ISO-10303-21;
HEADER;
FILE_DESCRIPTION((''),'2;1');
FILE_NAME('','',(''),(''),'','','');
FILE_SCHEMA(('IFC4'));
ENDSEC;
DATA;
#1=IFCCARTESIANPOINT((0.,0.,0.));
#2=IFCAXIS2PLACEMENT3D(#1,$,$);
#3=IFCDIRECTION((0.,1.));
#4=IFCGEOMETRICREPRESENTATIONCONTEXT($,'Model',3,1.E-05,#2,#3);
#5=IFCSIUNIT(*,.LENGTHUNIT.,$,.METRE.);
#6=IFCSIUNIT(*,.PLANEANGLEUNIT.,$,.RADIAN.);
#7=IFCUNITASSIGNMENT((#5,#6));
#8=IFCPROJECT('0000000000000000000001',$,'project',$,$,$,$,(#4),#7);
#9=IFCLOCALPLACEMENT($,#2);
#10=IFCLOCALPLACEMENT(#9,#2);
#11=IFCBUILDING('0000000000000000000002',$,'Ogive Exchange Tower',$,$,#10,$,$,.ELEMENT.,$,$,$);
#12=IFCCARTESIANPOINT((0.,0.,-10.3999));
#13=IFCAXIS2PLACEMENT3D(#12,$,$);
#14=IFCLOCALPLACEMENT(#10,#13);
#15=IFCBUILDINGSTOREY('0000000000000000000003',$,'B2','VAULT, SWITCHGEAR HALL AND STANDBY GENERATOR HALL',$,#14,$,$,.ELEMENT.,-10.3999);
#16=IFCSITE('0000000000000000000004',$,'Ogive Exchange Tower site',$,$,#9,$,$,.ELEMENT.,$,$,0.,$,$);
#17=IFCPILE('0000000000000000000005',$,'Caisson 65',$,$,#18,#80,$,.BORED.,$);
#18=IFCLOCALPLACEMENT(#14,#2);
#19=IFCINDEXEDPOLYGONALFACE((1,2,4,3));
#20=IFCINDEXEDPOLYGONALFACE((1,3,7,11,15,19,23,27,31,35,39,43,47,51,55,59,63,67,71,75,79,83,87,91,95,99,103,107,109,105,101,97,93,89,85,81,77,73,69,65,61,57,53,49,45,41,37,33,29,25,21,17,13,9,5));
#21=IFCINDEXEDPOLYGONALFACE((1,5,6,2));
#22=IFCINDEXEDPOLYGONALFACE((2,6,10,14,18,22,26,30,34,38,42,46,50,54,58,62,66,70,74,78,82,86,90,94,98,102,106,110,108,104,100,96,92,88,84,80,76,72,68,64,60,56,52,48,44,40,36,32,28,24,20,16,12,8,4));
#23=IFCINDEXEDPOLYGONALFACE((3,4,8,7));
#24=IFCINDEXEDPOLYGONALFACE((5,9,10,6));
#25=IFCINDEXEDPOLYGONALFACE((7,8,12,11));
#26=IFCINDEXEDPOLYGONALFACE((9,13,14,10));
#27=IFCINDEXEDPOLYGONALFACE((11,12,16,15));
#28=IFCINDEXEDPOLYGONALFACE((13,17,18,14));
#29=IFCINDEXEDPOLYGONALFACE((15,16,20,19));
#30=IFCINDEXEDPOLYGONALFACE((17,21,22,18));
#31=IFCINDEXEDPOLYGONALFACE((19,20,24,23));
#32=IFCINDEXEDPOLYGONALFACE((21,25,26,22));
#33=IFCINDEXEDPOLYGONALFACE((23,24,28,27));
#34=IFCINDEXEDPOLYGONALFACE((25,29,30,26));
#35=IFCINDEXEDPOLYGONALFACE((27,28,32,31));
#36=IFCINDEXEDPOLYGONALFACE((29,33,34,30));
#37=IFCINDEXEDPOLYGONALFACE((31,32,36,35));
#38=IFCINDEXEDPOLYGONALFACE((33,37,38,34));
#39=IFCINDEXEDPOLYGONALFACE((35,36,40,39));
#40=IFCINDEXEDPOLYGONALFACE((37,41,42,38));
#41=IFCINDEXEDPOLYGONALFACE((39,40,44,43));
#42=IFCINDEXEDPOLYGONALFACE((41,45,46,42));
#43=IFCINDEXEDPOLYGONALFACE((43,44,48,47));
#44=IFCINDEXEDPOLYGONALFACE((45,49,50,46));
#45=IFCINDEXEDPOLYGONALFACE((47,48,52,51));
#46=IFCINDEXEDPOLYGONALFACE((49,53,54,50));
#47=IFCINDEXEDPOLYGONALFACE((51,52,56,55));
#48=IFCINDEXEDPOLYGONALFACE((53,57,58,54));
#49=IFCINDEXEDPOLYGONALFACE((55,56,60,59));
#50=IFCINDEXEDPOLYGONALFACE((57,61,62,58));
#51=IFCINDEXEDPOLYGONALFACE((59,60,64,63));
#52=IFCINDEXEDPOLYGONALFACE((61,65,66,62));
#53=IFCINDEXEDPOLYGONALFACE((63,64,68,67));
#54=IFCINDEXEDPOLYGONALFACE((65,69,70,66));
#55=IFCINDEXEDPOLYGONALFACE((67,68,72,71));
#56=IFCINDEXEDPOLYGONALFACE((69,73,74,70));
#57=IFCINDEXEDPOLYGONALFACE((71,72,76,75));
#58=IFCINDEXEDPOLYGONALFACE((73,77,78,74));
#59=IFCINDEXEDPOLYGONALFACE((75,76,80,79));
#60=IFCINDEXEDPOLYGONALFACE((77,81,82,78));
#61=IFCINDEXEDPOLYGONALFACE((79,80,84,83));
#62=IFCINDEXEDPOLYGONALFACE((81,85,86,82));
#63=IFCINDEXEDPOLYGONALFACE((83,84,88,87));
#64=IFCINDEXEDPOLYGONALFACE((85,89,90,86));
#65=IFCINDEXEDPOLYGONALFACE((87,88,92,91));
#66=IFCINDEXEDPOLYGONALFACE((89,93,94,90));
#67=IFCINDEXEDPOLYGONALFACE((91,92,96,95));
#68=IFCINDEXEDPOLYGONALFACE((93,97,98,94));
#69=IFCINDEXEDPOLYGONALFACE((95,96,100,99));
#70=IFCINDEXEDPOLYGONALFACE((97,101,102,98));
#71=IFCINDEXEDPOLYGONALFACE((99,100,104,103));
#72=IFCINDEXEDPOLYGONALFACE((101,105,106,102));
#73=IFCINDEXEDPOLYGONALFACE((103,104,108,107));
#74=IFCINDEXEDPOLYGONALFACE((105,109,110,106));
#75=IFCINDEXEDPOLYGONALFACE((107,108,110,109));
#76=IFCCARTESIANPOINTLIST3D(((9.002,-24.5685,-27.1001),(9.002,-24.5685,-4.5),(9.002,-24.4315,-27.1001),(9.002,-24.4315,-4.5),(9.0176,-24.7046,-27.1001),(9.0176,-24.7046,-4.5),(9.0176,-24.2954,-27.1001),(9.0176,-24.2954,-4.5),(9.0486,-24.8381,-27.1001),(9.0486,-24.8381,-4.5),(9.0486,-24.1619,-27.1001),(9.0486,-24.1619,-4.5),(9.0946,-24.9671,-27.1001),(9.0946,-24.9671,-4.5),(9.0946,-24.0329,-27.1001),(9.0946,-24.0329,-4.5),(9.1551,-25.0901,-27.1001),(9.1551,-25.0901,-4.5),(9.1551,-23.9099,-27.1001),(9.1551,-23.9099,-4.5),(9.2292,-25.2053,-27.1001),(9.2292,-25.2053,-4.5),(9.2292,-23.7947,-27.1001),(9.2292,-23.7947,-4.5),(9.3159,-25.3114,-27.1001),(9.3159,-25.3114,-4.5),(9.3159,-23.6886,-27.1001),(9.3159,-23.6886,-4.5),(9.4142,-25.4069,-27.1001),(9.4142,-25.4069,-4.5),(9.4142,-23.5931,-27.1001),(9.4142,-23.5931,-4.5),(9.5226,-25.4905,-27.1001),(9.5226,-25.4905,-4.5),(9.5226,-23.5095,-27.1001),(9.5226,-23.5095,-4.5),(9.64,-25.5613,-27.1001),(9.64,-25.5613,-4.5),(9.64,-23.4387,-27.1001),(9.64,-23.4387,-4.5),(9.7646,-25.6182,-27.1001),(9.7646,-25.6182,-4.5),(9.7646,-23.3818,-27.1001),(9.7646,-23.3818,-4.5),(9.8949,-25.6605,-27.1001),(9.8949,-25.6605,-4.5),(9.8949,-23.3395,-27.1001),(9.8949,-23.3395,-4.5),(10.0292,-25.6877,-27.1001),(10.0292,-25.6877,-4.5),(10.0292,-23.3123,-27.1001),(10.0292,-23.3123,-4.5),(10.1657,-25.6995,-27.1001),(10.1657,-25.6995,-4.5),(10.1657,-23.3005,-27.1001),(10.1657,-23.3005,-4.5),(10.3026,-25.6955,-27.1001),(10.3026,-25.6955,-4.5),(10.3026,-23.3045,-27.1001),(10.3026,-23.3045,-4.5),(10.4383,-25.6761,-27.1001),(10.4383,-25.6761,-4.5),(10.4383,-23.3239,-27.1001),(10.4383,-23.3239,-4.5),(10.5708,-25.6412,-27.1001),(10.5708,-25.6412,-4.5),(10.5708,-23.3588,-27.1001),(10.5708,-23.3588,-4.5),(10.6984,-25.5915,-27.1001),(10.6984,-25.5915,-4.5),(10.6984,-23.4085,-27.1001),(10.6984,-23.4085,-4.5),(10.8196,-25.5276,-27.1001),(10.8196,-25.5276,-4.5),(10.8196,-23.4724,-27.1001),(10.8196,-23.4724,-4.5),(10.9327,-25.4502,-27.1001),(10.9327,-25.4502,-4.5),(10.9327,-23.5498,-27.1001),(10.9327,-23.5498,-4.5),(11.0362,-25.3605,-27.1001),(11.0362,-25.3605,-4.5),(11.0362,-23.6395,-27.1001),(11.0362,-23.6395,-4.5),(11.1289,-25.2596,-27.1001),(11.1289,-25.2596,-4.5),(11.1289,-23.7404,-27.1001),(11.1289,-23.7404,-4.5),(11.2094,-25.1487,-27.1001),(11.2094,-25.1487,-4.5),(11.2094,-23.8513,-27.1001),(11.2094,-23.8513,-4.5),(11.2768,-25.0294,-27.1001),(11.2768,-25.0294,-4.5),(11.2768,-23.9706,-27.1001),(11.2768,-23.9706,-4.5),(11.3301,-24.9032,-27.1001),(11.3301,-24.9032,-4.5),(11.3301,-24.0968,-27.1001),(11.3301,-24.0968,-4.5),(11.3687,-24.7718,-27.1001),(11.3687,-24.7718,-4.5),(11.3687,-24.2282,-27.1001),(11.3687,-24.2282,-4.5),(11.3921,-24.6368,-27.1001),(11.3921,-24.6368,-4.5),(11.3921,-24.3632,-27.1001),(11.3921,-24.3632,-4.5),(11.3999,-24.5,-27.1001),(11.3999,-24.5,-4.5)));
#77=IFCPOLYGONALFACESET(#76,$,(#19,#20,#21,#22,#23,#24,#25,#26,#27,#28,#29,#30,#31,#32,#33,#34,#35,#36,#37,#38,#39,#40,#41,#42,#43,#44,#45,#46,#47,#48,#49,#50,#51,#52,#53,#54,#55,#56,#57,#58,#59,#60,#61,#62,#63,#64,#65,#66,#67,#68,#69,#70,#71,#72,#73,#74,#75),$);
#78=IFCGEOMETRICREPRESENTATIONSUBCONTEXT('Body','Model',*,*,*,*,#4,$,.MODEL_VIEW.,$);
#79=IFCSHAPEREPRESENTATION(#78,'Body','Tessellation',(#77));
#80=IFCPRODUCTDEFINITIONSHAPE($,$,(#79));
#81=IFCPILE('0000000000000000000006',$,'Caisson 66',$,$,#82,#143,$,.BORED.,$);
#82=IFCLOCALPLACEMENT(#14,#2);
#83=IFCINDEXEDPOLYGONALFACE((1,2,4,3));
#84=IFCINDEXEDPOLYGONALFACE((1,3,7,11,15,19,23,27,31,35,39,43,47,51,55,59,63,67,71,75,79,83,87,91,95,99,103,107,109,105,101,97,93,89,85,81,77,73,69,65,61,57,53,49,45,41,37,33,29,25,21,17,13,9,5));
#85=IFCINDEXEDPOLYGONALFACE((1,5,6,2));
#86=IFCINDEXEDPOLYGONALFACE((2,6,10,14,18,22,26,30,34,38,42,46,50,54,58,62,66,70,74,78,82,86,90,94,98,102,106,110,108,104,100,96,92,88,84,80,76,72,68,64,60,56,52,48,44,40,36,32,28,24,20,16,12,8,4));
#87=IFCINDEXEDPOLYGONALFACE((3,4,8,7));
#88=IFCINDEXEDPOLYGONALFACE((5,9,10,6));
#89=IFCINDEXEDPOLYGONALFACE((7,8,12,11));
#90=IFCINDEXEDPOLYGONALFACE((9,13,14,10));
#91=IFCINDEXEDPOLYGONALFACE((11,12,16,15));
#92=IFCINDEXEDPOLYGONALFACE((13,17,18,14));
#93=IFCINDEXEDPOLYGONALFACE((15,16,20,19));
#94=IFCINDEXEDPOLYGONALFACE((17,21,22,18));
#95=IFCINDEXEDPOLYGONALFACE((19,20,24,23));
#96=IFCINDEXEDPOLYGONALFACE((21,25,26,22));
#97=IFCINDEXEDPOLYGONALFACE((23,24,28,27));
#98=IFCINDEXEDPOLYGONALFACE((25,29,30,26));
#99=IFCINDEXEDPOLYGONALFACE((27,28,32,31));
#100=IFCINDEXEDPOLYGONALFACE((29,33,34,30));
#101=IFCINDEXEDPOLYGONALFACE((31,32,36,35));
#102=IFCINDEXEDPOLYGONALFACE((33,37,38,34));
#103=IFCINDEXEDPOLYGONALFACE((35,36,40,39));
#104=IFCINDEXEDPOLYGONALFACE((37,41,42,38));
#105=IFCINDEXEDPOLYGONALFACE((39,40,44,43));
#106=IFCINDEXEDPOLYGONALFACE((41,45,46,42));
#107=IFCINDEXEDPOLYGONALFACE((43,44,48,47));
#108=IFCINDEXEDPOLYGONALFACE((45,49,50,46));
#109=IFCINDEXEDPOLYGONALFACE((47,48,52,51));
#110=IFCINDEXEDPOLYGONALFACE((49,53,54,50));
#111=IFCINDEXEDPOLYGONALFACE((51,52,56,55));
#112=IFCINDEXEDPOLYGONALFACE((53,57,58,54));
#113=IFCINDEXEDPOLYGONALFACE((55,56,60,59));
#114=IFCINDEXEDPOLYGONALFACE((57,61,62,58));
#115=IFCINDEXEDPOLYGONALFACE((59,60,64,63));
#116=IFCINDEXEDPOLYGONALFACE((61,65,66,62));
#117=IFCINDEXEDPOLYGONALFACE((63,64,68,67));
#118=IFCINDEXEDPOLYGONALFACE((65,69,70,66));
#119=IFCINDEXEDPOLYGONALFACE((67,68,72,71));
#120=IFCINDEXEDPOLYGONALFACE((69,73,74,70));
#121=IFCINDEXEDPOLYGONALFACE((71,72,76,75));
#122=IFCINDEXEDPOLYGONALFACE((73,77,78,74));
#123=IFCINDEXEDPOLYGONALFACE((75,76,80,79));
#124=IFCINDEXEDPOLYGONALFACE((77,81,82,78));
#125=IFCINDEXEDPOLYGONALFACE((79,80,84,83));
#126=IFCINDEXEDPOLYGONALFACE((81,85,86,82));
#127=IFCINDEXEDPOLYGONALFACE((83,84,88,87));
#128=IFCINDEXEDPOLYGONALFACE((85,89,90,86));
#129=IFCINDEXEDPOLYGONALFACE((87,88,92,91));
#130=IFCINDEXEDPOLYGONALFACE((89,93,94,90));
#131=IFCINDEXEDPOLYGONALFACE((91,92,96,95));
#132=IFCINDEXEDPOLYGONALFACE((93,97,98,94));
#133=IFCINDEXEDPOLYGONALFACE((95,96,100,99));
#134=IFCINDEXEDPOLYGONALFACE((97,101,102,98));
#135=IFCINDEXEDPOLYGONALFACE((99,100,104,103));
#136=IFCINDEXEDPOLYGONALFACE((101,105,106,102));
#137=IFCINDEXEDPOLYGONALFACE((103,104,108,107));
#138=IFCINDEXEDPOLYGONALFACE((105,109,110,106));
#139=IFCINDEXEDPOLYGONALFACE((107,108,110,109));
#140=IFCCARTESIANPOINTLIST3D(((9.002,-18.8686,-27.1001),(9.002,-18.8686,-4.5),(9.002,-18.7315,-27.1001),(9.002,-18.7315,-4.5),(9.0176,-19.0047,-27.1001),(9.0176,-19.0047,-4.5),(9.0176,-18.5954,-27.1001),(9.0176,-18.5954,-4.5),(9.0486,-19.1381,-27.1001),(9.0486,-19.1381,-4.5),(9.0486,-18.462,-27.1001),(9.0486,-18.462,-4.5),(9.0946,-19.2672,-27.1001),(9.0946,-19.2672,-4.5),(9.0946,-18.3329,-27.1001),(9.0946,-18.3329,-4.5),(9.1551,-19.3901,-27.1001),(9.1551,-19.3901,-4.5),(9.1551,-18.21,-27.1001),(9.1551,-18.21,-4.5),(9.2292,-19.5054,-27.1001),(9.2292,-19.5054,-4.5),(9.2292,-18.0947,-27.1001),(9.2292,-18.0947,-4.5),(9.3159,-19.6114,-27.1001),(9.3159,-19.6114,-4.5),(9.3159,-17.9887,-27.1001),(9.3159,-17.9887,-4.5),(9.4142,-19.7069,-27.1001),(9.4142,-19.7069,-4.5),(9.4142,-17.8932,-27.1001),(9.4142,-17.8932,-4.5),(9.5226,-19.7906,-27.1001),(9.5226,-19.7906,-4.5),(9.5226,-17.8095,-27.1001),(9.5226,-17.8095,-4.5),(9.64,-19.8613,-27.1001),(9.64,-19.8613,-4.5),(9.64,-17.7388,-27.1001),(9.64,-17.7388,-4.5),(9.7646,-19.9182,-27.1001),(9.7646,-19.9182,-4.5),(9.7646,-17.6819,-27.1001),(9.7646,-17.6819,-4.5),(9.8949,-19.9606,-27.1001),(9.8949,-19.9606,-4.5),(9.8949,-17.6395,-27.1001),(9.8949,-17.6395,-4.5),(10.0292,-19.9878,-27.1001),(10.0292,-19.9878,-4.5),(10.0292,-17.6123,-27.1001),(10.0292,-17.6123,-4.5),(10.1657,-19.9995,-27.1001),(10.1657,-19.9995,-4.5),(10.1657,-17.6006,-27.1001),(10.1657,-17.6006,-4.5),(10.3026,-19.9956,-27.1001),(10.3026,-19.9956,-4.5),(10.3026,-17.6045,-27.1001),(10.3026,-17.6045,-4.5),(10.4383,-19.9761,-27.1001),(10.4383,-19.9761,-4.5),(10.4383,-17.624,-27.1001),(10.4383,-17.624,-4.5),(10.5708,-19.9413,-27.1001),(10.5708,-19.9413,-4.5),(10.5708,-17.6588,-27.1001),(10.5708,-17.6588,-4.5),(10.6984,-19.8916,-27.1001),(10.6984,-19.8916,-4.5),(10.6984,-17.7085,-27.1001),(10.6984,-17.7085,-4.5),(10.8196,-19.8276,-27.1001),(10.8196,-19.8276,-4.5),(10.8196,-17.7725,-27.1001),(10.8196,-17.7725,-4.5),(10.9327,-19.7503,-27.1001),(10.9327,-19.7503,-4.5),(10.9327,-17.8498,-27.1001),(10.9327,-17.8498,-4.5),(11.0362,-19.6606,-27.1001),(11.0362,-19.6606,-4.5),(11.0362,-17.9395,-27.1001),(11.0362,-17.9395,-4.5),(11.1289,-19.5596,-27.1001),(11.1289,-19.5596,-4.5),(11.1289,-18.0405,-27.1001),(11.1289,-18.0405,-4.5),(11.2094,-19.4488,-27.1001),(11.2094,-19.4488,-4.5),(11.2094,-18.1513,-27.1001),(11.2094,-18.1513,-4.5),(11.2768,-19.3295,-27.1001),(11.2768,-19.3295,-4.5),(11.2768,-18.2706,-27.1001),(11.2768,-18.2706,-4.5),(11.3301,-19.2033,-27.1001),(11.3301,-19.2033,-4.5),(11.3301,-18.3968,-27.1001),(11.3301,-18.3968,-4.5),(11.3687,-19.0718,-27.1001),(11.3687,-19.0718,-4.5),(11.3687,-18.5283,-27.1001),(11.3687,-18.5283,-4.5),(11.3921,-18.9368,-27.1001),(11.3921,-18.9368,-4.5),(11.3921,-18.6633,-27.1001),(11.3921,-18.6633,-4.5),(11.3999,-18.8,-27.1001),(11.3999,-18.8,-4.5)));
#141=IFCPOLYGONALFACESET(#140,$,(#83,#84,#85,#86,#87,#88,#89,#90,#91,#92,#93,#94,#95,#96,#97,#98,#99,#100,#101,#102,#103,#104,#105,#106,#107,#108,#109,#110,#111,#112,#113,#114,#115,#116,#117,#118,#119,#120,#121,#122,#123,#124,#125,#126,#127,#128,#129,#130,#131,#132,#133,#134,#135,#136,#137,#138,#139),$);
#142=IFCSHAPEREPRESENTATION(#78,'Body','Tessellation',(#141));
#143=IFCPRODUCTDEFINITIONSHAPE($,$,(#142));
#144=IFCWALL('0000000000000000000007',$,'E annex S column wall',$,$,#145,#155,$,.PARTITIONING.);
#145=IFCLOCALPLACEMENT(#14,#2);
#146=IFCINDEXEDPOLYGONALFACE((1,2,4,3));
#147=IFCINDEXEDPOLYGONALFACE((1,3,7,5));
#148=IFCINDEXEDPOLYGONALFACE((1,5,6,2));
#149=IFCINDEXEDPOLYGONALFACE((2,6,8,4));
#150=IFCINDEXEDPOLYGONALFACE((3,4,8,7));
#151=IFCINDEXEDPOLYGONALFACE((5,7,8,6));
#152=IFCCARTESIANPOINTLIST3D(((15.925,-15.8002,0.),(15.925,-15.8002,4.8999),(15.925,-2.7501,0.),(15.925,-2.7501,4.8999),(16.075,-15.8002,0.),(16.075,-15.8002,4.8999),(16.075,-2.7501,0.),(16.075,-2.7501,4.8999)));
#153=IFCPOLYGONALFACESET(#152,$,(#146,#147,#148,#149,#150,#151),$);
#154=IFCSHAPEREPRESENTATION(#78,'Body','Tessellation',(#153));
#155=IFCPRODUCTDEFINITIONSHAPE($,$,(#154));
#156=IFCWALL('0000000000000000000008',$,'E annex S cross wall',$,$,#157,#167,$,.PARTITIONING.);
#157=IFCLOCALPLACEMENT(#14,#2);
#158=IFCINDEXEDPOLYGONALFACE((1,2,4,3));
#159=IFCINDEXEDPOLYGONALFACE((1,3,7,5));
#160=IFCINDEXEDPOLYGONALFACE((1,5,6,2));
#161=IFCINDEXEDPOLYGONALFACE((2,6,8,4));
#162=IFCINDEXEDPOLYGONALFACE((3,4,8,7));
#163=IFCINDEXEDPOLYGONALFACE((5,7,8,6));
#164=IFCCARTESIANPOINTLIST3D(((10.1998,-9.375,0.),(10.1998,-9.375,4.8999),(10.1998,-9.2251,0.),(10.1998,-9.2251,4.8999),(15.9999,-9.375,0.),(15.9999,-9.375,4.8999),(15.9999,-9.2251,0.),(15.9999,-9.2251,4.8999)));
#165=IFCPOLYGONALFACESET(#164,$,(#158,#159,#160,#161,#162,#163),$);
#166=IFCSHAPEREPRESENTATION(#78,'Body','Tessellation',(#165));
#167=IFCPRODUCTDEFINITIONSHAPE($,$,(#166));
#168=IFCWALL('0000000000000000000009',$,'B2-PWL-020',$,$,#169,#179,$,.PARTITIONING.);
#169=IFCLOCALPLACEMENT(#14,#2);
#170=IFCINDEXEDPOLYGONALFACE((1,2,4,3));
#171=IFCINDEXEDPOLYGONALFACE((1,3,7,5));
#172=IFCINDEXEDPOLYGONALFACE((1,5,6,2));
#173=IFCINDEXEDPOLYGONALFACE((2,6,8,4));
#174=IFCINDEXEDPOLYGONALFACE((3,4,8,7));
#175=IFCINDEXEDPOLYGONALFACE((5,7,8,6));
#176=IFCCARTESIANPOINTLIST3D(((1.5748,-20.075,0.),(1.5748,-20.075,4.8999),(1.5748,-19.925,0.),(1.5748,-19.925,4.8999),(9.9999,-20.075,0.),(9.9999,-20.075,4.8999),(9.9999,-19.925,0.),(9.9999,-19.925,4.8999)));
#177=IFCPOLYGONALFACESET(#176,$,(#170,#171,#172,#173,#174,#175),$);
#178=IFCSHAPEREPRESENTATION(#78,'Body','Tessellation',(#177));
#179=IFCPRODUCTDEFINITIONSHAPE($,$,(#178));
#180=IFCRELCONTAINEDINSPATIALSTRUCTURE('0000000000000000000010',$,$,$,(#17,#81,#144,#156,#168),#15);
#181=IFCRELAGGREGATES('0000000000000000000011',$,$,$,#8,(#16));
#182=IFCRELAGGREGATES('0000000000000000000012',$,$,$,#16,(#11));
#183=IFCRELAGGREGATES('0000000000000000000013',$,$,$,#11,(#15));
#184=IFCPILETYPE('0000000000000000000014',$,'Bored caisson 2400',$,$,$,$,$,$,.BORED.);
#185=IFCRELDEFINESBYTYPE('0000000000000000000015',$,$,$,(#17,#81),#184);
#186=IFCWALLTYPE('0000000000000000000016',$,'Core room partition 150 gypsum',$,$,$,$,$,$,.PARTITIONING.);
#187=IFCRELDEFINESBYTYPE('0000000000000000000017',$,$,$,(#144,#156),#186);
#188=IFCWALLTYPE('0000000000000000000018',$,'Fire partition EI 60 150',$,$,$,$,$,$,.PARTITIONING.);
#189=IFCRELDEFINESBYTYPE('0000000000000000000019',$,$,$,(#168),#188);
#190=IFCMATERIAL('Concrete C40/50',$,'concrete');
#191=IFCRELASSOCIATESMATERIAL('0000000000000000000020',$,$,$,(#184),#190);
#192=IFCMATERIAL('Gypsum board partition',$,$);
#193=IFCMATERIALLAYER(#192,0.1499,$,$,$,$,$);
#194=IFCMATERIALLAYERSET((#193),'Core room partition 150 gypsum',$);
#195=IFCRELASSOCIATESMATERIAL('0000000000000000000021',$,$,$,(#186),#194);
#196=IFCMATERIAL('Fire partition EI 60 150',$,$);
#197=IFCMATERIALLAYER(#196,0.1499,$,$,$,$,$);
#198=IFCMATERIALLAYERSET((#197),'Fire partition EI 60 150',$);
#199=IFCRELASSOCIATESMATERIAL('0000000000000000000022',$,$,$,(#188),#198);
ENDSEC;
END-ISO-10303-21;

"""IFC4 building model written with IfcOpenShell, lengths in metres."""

from ifc_helpers import new_model, si_unit, direction, frame, frame_2d, origin, origin_2d, place, context, subcontext, project, spatial, rectangle, circle, extrude, material, layer, layer_set, material_profile, profile_set, type_object, element, save


model = new_model("IFC4")

# Units and contexts
model_context = context("Model", 3, precision=1e-05, world=origin(), true_north=direction((0.0, 1.0)))
body_context = subcontext(model_context, "Body", "Model", "MODEL_VIEW")
ifc_project = project(units=[si_unit("LENGTHUNIT", "METRE"), si_unit("PLANEANGLEUNIT", "RADIAN")], contexts=[model_context])

# Site, building, storey
site_placement = place(None, origin())
site = spatial("IfcSite", under=ifc_project, at=site_placement, Name="Ogive Exchange Tower site", CompositionType="ELEMENT", RefElevation=0.0)
building_placement = place(site_placement, origin())
building = spatial("IfcBuilding", under=site, at=building_placement, Name="Ogive Exchange Tower", CompositionType="ELEMENT")
storey_placement = place(building_placement, frame((0.0, 0.0, -10.3999)))
storey = spatial("IfcBuildingStorey", under=building, at=storey_placement, Name="B2", Description="VAULT, SWITCHGEAR HALL AND STANDBY GENERATOR HALL", CompositionType="ELEMENT", Elevation=-10.3999)

# Piles
ifc_material_1 = material(Name="Concrete C40/50", Category="concrete")
ifc_material_profile = material_profile(ifc_material_1, circle(Radius=1.2, at=origin_2d()), Name="RC caisson 2400")
ifc_profile_set = profile_set([ifc_material_profile], Name="Concrete C40/50")
pile_type = type_object("IfcPileType", Name="Bored caisson 2400", PredefinedType="BORED", material=ifc_profile_set)
for number, where, z_axis, x_axis, name in (
    (1, (10.2, -24.5, -4.5), (0.0, 0.0, -1.0), (1.0, 0.0, 0.0), "Caisson 65"),
    (2, (10.2, -18.8, -4.5), (0.0, 0.0, -1.0), (1.0, 0.0, 0.0), "Caisson 66"),
):
    element("IfcPile", number, at=place(storey_placement, frame(where, z_axis=z_axis, x_axis=x_axis)), inside=storey, type_object=pile_type, Name=name, PredefinedType="BORED", context=body_context, shape_type="SweptSolid", body=[
        extrude(circle(Radius=1.2, at=origin_2d()), origin(), (0.0, 0.0, 1.0), 22.6001),
    ])

# Walls
ifc_material_2 = material(Name="Gypsum board partition")
ifc_layer_1 = layer(ifc_material_2, 0.1499)
ifc_layer_set_1 = layer_set([ifc_layer_1], Name="Core room partition 150 gypsum")
wall_type_1 = type_object("IfcWallType", Name="Core room partition 150 gypsum", PredefinedType="PARTITIONING", material=ifc_layer_set_1)
wall_1_placement = place(storey_placement, frame((16.0, -15.8, 0.0), z_axis=(0.0, 0.0, 1.0), x_axis=(0.0, 1.0, 0.0)))
element("IfcWall", 3, at=wall_1_placement, inside=storey, type_object=wall_type_1, Name="E annex S column wall", PredefinedType="PARTITIONING", context=body_context, shape_type="SweptSolid", body=[
    extrude(rectangle(XDim=13.05, YDim=0.1499, at=frame_2d((6.5249, 0.0))), origin(), (0.0, 0.0, 1.0), 4.8999),
])
wall_2_placement = place(storey_placement, frame((10.2, -9.3, 0.0), z_axis=(0.0, 0.0, 1.0), x_axis=(1.0, 0.0, 0.0)))
element("IfcWall", 4, at=wall_2_placement, inside=storey, type_object=wall_type_1, Name="E annex S cross wall", PredefinedType="PARTITIONING", context=body_context, shape_type="SweptSolid", body=[
    extrude(rectangle(XDim=5.8, YDim=0.1499, at=frame_2d((2.8999, 0.0))), origin(), (0.0, 0.0, 1.0), 4.8999),
])
ifc_material_3 = material(Name="Fire partition EI 60 150")
ifc_layer_2 = layer(ifc_material_3, 0.1499)
ifc_layer_set_2 = layer_set([ifc_layer_2], Name="Fire partition EI 60 150")
wall_type_2 = type_object("IfcWallType", Name="Fire partition EI 60 150", PredefinedType="PARTITIONING", material=ifc_layer_set_2)
wall_3_placement = place(storey_placement, frame((1.575, -20.0, 0.0), z_axis=(0.0, 0.0, 1.0), x_axis=(1.0, 0.0, 0.0)))
element("IfcWall", 5, at=wall_3_placement, inside=storey, type_object=wall_type_2, Name="B2-PWL-020", PredefinedType="PARTITIONING", context=body_context, shape_type="SweptSolid", body=[
    extrude(rectangle(XDim=8.425, YDim=0.1499, at=frame_2d((4.2124, 0.0))), origin(), (0.0, 0.0, 1.0), 4.8999),
])

save(model, "model.ifc")
